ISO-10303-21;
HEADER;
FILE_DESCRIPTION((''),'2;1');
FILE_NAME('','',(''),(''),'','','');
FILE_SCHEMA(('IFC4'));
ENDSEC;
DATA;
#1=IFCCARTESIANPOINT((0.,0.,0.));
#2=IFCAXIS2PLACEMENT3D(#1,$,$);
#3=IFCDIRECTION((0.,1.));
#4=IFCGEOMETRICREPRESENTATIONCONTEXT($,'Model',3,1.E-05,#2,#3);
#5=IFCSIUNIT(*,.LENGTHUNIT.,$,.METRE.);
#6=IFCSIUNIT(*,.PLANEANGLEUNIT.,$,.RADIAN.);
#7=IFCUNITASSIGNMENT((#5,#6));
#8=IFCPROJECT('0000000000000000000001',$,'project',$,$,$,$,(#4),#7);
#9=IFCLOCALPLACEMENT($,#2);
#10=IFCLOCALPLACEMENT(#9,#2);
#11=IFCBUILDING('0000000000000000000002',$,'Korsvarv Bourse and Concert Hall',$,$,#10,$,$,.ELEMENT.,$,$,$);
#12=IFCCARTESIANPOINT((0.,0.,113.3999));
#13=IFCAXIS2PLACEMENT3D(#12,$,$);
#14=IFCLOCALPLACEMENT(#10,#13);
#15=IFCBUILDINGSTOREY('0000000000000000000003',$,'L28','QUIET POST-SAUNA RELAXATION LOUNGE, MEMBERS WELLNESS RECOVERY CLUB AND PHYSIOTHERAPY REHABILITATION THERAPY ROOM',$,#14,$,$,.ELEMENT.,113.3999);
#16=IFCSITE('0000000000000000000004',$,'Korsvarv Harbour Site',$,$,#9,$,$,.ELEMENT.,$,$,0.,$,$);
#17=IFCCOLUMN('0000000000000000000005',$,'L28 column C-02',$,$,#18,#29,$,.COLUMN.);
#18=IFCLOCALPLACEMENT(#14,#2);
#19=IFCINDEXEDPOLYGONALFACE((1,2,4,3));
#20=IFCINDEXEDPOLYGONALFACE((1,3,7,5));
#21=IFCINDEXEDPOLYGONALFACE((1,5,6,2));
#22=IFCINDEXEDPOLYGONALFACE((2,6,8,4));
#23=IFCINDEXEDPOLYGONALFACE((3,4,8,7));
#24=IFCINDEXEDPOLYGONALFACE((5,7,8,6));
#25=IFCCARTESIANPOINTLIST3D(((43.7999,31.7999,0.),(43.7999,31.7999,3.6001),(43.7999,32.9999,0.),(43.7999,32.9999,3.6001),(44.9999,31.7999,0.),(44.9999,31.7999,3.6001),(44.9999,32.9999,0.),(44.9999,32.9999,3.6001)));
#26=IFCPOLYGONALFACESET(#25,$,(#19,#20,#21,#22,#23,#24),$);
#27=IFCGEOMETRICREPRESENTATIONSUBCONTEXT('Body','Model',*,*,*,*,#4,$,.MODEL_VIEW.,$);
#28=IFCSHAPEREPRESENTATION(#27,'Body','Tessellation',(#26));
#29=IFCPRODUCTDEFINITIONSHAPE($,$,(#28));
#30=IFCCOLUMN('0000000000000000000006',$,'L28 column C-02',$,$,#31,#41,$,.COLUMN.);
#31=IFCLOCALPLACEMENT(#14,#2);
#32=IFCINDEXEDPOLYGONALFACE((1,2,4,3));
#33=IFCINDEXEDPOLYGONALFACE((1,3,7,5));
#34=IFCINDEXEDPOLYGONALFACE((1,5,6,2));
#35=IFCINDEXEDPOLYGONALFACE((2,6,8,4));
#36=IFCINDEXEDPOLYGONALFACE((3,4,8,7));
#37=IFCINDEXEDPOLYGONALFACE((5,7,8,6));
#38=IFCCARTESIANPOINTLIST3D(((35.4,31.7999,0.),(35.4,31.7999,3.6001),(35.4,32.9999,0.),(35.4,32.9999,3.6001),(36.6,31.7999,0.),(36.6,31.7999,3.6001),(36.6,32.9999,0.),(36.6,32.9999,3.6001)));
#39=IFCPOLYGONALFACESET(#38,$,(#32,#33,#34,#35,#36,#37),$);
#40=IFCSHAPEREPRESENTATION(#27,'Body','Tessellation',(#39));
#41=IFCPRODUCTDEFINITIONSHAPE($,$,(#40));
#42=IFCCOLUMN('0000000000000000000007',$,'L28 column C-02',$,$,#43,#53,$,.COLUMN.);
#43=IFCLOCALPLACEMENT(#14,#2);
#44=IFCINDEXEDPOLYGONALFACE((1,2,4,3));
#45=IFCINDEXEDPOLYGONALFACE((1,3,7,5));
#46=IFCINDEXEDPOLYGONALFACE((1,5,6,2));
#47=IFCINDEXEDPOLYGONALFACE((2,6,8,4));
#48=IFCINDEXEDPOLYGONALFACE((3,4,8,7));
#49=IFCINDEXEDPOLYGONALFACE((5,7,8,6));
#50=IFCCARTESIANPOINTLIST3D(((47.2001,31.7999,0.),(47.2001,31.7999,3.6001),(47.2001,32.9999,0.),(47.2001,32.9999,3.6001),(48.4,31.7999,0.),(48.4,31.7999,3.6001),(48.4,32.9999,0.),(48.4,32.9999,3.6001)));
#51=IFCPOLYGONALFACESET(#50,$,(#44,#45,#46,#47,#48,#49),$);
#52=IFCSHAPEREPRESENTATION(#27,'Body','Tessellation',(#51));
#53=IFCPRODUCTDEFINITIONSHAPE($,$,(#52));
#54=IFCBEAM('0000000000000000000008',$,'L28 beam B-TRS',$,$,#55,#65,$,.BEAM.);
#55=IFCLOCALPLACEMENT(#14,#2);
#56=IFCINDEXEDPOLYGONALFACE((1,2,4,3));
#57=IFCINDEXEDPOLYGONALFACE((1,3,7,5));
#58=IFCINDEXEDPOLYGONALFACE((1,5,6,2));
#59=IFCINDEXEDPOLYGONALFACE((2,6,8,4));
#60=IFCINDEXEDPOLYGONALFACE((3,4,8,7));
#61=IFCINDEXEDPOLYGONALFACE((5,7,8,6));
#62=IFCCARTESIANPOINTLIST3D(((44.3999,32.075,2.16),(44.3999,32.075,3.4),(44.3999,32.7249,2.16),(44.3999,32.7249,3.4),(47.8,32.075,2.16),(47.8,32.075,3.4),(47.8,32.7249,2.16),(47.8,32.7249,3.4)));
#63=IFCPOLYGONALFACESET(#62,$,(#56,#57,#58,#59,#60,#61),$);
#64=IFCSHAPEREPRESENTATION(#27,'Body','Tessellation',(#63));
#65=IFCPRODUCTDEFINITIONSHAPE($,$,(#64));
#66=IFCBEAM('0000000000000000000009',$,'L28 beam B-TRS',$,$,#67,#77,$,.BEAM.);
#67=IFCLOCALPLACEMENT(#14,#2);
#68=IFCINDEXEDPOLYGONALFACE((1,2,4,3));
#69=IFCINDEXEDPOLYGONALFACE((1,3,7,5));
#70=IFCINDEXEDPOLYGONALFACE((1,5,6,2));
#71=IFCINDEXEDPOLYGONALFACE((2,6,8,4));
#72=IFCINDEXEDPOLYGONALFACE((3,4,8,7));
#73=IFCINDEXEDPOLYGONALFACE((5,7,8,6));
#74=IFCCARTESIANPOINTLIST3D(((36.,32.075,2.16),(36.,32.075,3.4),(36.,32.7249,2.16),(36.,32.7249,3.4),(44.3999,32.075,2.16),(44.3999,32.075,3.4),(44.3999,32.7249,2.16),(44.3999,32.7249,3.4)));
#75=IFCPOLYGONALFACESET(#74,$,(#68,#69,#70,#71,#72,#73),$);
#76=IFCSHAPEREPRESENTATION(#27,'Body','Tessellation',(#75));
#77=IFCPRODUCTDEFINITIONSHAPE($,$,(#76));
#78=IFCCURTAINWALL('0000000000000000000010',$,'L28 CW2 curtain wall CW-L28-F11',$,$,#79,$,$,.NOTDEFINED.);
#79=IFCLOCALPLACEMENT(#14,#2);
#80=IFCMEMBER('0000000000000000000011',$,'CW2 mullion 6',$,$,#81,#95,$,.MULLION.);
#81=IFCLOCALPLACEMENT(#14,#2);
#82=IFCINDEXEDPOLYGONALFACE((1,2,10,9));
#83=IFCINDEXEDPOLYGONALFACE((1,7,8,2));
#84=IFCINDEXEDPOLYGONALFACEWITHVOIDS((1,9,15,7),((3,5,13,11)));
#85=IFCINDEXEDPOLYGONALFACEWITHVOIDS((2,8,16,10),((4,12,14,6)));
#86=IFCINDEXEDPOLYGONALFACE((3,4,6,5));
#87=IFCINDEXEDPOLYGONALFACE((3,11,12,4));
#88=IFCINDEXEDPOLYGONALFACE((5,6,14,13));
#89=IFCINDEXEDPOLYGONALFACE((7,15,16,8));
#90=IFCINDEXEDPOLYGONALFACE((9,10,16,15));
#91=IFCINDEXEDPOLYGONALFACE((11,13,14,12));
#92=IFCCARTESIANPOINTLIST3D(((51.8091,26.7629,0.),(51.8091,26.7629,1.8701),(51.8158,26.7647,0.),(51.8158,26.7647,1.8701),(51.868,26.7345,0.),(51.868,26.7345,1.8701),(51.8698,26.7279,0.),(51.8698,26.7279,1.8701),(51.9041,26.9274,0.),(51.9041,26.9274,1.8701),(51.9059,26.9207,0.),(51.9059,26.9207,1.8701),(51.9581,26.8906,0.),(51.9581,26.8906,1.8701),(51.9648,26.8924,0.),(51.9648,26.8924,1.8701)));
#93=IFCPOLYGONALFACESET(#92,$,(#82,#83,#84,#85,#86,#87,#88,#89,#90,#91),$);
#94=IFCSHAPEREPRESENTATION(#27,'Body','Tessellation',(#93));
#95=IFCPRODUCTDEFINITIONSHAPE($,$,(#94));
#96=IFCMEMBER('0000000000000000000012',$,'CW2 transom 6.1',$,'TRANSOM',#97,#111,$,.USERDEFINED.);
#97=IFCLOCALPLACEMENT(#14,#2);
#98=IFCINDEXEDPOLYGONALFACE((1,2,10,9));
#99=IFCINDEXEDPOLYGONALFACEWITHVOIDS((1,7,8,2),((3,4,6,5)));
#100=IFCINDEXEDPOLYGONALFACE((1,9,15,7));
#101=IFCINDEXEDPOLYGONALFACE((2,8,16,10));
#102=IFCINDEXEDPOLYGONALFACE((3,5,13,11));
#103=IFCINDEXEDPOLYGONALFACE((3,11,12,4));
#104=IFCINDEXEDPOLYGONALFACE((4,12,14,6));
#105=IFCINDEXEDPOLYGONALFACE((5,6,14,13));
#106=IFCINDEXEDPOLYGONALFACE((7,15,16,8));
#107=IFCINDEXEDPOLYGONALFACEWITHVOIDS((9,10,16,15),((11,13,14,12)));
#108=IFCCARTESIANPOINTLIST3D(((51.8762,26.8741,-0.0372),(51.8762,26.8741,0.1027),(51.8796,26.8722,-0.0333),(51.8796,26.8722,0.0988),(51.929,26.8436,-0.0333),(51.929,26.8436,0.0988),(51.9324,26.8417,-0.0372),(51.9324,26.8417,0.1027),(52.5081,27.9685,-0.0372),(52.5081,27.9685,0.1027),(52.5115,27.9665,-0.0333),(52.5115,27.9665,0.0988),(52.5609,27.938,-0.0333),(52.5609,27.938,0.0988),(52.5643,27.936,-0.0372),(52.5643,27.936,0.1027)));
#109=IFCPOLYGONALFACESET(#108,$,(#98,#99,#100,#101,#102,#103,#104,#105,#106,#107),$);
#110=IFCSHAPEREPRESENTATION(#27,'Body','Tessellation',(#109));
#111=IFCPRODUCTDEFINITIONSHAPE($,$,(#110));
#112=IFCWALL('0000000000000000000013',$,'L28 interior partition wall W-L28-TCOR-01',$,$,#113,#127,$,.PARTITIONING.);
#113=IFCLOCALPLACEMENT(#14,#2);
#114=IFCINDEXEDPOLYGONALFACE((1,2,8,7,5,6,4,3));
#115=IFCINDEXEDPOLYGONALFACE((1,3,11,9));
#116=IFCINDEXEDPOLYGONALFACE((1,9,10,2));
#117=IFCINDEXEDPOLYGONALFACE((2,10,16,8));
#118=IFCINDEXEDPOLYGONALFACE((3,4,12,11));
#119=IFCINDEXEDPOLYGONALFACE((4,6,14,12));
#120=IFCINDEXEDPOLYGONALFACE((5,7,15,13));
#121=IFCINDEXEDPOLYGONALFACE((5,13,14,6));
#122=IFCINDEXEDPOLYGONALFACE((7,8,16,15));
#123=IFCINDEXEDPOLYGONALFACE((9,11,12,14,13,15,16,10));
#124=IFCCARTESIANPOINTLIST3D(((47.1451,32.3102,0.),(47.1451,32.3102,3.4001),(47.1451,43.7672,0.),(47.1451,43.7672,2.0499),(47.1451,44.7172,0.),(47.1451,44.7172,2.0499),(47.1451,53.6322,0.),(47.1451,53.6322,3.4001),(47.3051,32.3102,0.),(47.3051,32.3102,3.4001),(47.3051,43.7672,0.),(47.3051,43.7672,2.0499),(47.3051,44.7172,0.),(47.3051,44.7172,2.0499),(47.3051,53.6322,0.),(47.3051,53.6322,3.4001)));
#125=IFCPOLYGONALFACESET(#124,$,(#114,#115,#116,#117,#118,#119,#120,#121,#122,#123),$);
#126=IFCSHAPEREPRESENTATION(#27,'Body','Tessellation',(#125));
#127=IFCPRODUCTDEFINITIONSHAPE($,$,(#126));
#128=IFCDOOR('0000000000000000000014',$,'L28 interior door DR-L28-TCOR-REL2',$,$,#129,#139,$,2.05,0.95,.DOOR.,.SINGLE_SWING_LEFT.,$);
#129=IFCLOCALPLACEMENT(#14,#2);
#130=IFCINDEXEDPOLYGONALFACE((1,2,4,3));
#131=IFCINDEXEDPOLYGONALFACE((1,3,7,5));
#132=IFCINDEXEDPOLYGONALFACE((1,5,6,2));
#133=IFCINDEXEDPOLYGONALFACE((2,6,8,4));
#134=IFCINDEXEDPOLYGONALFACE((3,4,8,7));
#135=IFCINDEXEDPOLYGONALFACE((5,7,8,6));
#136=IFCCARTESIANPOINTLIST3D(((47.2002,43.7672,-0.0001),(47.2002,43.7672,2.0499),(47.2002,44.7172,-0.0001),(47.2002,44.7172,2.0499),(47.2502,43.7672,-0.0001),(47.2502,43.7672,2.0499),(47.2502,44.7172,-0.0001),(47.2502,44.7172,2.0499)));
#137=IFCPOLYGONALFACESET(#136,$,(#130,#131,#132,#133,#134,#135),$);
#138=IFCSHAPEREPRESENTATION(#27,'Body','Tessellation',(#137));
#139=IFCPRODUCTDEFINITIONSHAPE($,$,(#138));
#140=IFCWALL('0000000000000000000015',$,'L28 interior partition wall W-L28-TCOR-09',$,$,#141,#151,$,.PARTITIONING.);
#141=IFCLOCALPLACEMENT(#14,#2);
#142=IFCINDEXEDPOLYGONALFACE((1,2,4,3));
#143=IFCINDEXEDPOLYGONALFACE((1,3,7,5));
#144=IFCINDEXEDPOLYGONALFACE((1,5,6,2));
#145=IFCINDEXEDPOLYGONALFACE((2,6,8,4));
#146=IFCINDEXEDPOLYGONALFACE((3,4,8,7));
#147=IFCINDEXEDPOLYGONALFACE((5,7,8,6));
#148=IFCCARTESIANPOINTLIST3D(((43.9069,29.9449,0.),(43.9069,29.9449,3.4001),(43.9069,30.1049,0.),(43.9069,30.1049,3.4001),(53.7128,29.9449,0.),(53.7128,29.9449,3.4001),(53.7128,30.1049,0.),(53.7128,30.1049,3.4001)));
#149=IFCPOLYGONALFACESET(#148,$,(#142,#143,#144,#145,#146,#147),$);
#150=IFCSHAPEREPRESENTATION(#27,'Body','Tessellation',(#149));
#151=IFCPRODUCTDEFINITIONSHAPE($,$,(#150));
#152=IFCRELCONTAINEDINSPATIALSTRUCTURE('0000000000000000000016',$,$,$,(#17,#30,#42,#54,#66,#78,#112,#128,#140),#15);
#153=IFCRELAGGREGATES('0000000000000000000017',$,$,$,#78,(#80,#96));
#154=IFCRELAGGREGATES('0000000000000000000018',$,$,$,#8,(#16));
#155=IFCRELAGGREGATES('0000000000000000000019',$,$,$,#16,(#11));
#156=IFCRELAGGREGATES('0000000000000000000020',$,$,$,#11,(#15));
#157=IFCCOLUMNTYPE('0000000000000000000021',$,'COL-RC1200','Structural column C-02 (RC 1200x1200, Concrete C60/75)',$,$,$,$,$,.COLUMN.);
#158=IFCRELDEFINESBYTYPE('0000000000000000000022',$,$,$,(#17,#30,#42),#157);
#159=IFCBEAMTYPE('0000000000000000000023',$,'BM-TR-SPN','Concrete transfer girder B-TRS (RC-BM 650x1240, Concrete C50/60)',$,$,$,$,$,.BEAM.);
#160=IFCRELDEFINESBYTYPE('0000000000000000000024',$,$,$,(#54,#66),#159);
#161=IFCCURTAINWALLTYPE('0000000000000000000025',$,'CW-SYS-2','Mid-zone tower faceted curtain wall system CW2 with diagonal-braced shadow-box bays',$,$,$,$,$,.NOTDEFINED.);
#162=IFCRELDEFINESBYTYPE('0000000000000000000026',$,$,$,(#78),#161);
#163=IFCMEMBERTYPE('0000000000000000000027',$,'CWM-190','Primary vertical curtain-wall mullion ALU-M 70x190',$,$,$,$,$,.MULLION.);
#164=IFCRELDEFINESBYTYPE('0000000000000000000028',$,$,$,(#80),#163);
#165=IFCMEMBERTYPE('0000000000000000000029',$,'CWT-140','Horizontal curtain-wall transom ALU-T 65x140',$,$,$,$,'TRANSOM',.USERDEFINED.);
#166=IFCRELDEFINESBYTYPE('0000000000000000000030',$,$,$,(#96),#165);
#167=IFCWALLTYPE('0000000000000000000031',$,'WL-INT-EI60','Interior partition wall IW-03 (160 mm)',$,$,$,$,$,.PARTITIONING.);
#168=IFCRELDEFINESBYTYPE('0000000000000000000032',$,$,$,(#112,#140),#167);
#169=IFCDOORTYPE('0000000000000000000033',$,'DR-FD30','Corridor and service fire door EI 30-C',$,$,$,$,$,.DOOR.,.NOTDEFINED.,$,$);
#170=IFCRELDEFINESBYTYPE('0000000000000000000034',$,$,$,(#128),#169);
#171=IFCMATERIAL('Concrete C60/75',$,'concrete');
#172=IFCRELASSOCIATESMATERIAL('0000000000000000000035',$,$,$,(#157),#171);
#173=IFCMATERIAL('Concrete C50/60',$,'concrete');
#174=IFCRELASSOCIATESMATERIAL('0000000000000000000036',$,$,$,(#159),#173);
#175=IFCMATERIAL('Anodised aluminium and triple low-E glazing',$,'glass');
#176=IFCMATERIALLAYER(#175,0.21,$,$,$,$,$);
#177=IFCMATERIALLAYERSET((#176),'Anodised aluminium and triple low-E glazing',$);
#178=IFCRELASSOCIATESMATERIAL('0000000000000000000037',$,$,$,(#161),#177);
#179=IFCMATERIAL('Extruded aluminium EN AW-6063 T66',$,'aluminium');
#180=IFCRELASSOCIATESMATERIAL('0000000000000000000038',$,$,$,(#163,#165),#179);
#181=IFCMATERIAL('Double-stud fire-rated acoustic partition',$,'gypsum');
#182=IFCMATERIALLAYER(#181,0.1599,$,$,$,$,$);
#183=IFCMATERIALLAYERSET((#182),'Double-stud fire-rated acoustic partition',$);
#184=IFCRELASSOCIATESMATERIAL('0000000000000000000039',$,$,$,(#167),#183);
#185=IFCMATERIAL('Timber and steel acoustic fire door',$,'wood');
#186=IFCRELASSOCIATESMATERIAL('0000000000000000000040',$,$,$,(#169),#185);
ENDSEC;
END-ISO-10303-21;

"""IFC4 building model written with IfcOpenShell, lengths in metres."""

from ifc_helpers import new_model, si_unit, direction, frame, frame_2d, origin, origin_2d, place, context, subcontext, project, spatial, rectangle, hollow_rectangle, extrude, source, transform, mapped, material, layer, layer_set, material_profile, profile_set, type_object, element, fill, aggregate, save


model = new_model("IFC4")

# Units and contexts
model_context = context("Model", 3, precision=1e-05, world=origin(), true_north=direction((0.0, 1.0)))
body_context = subcontext(model_context, "Body", "Model", "MODEL_VIEW")
ifc_project = project(units=[si_unit("LENGTHUNIT", "METRE"), si_unit("PLANEANGLEUNIT", "RADIAN")], contexts=[model_context])

# Site, building, storey
site_placement = place(None, origin())
site = spatial("IfcSite", under=ifc_project, at=site_placement, Name="Korsvarv Harbour Site", CompositionType="ELEMENT", RefElevation=0.0)
building_placement = place(site_placement, origin())
building = spatial("IfcBuilding", under=site, at=building_placement, Name="Korsvarv Bourse and Concert Hall", CompositionType="ELEMENT")
storey_placement = place(building_placement, frame((0.0, 0.0, 113.3999)))
storey = spatial("IfcBuildingStorey", under=building, at=storey_placement, Name="L28", Description="QUIET POST-SAUNA RELAXATION LOUNGE, MEMBERS WELLNESS RECOVERY CLUB AND PHYSIOTHERAPY REHABILITATION THERAPY ROOM", CompositionType="ELEMENT", Elevation=113.3999)

# Columns
ifc_material_1 = material(Name="Concrete C60/75", Category="concrete")
ifc_material_profile_1 = material_profile(ifc_material_1, rectangle(XDim=1.2, YDim=1.2, at=origin_2d()), Name="RC 1200x1200")
ifc_profile_set_1 = profile_set([ifc_material_profile_1], Name="Concrete C60/75")
column_type = type_object("IfcColumnType", Name="COL-RC1200", Description="Structural column C-02 (RC 1200x1200, Concrete C60/75)", PredefinedType="COLUMN", material=ifc_profile_set_1)
shared_shape_1 = source(origin(), body_context, "Body", "SweptSolid", [
    extrude(rectangle(XDim=1.2, YDim=1.2, at=origin_2d()), origin(), (0.0, 0.0, 1.0), 3.6001),
])
for number, where, z_axis, x_axis, name in (
    (1, (44.3999, 32.3999, 0.0), (0.0, 0.0, 1.0), (1.0, 0.0, 0.0), "L28 column C-02"),
    (2, (36.0, 32.3999, 0.0), (0.0, 0.0, 1.0), (1.0, 0.0, 0.0), "L28 column C-02"),
    (3, (47.8, 32.3999, 0.0), (0.0, 0.0, 1.0), (1.0, 0.0, 0.0), "L28 column C-02"),
):
    element("IfcColumn", number, at=place(storey_placement, frame(where, z_axis=z_axis, x_axis=x_axis)), inside=storey, type_object=column_type, Name=name, PredefinedType="COLUMN", context=body_context, shape_type="MappedRepresentation", body=[
        mapped(shared_shape_1, transform((0.0, 0.0, 0.0), scale=1.0)),
    ])

# Beams
ifc_material_2 = material(Name="Concrete C50/60", Category="concrete")
ifc_material_profile_2 = material_profile(ifc_material_2, rectangle(XDim=0.6499, YDim=1.24, at=origin_2d()), Name="RC-BM 650x1240")
ifc_profile_set_2 = profile_set([ifc_material_profile_2], Name="Concrete C50/60")
beam_type = type_object("IfcBeamType", Name="BM-TR-SPN", Description="Concrete transfer girder B-TRS (RC-BM 650x1240, Concrete C50/60)", PredefinedType="BEAM", material=ifc_profile_set_2)
shared_shape_2 = source(origin(), body_context, "Body", "SweptSolid", [
    extrude(rectangle(XDim=0.6499, YDim=1.24, at=origin_2d()), origin(), (0.0, 0.0, 1.0), 3.4001),
])
beam_1_placement = place(storey_placement, frame((44.3999, 32.3999, 2.78), z_axis=(1.0, 0.0, 0.0), x_axis=(0.0, 1.0, 0.0)))
element("IfcBeam", 4, at=beam_1_placement, inside=storey, type_object=beam_type, Name="L28 beam B-TRS", PredefinedType="BEAM", context=body_context, shape_type="MappedRepresentation", body=[
    mapped(shared_shape_2, transform((0.0, 0.0, 0.0), scale=1.0)),
])
shared_shape_3 = source(origin(), body_context, "Body", "SweptSolid", [
    extrude(rectangle(XDim=0.6499, YDim=1.24, at=origin_2d()), origin(), (0.0, 0.0, 1.0), 8.3999),
])
beam_2_placement = place(storey_placement, frame((36.0, 32.3999, 2.78), z_axis=(1.0, 0.0, 0.0), x_axis=(0.0, 1.0, 0.0)))
element("IfcBeam", 5, at=beam_2_placement, inside=storey, type_object=beam_type, Name="L28 beam B-TRS", PredefinedType="BEAM", context=body_context, shape_type="MappedRepresentation", body=[
    mapped(shared_shape_3, transform((0.0, 0.0, 0.0), scale=1.0)),
])

# Curtain wall, members
ifc_material_3 = material(Name="Anodised aluminium and triple low-E glazing", Category="glass")
ifc_layer_1 = layer(ifc_material_3, 0.21)
ifc_layer_set_1 = layer_set([ifc_layer_1], Name="Anodised aluminium and triple low-E glazing")
curtain_wall_type = type_object("IfcCurtainWallType", Name="CW-SYS-2", Description="Mid-zone tower faceted curtain wall system CW2 with diagonal-braced shadow-box bays", PredefinedType="NOTDEFINED", material=ifc_layer_set_1)
curtain_wall_placement = place(storey_placement, origin())
curtain_wall = element("IfcCurtainWall", 6, at=curtain_wall_placement, inside=storey, type_object=curtain_wall_type, Name="L28 CW2 curtain wall CW-L28-F11", PredefinedType="NOTDEFINED")
ifc_material_4 = material(Name="Extruded aluminium EN AW-6063 T66", Category="aluminium")
ifc_material_profile_3 = material_profile(ifc_material_4, hollow_rectangle(XDim=0.0701, YDim=0.1899, WallThickness=0.0049, at=origin_2d()), Name="ALU-M 70x190")
ifc_profile_set_3 = profile_set([ifc_material_profile_3], Name="Extruded aluminium EN AW-6063 T66")
member_type_1 = type_object("IfcMemberType", Name="CWM-190", Description="Primary vertical curtain-wall mullion ALU-M 70x190", PredefinedType="MULLION", material=ifc_profile_set_3)
shared_shape_4 = source(origin(), body_context, "Body", "SweptSolid", [
    extrude(hollow_rectangle(XDim=0.0701, YDim=0.1899, WallThickness=0.0049, at=origin_2d()), origin(), (0.0, 0.0, 1.0), 1.8701),
])
member_1_placement = place(storey_placement, frame((51.887, 26.8276, 0.0), z_axis=(0.0, 0.0, 1.0), x_axis=(-0.866022, 0.500006, 0.0)))
member_1 = element("IfcMember", 7, at=member_1_placement, type_object=member_type_1, Name="CW2 mullion 6", PredefinedType="MULLION", context=body_context, shape_type="MappedRepresentation", body=[
    mapped(shared_shape_4, transform((0.0, 0.0, 0.0), scale=1.0)),
])
ifc_material_profile_4 = material_profile(ifc_material_4, hollow_rectangle(XDim=0.0649, YDim=0.1399, WallThickness=0.0039, at=origin_2d()), Name="ALU-T 65x140")
ifc_profile_set_4 = profile_set([ifc_material_profile_4], Name="Extruded aluminium EN AW-6063 T66")
member_type_2 = type_object("IfcMemberType", Name="CWT-140", Description="Horizontal curtain-wall transom ALU-T 65x140", ElementType="TRANSOM", PredefinedType="USERDEFINED", material=ifc_profile_set_4)
shared_shape_5 = source(origin(), body_context, "Body", "SweptSolid", [
    extrude(hollow_rectangle(XDim=0.0649, YDim=0.1399, WallThickness=0.0039, at=origin_2d()), origin(), (0.0, 0.0, 1.0), 1.2637),
])
member_2_placement = place(storey_placement, frame((51.9043, 26.8579, 0.0327), z_axis=(0.500046, 0.865999, 0.0), x_axis=(-0.865999, 0.500046, 0.0)))
member_2 = element("IfcMember", 8, at=member_2_placement, type_object=member_type_2, Name="CW2 transom 6.1", ObjectType="TRANSOM", PredefinedType="USERDEFINED", context=body_context, shape_type="MappedRepresentation", body=[
    mapped(shared_shape_5, transform((0.0, 0.0, 0.0), scale=1.0)),
])
aggregate(curtain_wall, [member_1, member_2])

# Wall, opening, door
ifc_material_5 = material(Name="Double-stud fire-rated acoustic partition", Category="gypsum")
ifc_layer_2 = layer(ifc_material_5, 0.1599)
ifc_layer_set_2 = layer_set([ifc_layer_2], Name="Double-stud fire-rated acoustic partition")
wall_type_1 = type_object("IfcWallType", Name="WL-INT-EI60", Description="Interior partition wall IW-03 (160 mm)", PredefinedType="PARTITIONING", material=ifc_layer_set_2)
wall_1_placement = place(storey_placement, frame((47.2251, 32.3101, 0.0), z_axis=(0.0, 0.0, 1.0), x_axis=(0.0, 1.0, 0.0)))
wall_1 = element("IfcWall", 9, at=wall_1_placement, inside=storey, type_object=wall_type_1, Name="L28 interior partition wall W-L28-TCOR-01", PredefinedType="PARTITIONING", context=body_context, shape_type="SweptSolid", body=[
    extrude(rectangle(XDim=21.322, YDim=0.1599, at=frame_2d((10.6611, 0.0))), origin(), (0.0, 0.0, 1.0), 3.4001),
])
opening_1_placement = place(wall_1_placement, frame((11.457, 0.0, 0.0)))
opening_1 = element("IfcOpeningElement", 10, at=opening_1_placement, cuts=wall_1, PredefinedType="OPENING", context=body_context, shape_type="SweptSolid", body=[
    extrude(rectangle(XDim=0.95, YDim=2.05, at=frame_2d((0.4751, 1.0249))), frame((0.0, 0.0898, 0.0), z_axis=(0.0, -1.0, 0.0), x_axis=(1.0, 0.0, 0.0)), (0.0, 0.0, 1.0), 0.1799),
])
ifc_material_6 = material(Name="Timber and steel acoustic fire door", Category="wood")
door_type = type_object("IfcDoorType", Name="DR-FD30", Description="Corridor and service fire door EI 30-C", OperationType="NOTDEFINED", PredefinedType="DOOR", material=ifc_material_6)
door_1_placement = place(opening_1_placement, origin())
door_1 = element("IfcDoor", 11, at=door_1_placement, inside=storey, type_object=door_type, Name="L28 interior door DR-L28-TCOR-REL2", OperationType="SINGLE_SWING_LEFT", OverallHeight=2.05, OverallWidth=0.95, PredefinedType="DOOR", context=body_context, shape_type="SweptSolid", body=[
    extrude(rectangle(XDim=0.95, YDim=2.05, at=frame_2d((0.4751, 1.0249))), frame((0.0, 0.0249, 0.0), z_axis=(0.0, -1.0, 0.0), x_axis=(1.0, 0.0, 0.0)), (0.0, 0.0, 1.0), 0.05),
])
fill(opening_1, door_1)

# Wall
wall_2_placement = place(storey_placement, frame((43.907, 30.0249, 0.0), z_axis=(0.0, 0.0, 1.0), x_axis=(1.0, 0.0, 0.0)))
element("IfcWall", 12, at=wall_2_placement, inside=storey, type_object=wall_type_1, Name="L28 interior partition wall W-L28-TCOR-09", PredefinedType="PARTITIONING", context=body_context, shape_type="SweptSolid", body=[
    extrude(rectangle(XDim=9.8059, YDim=0.1599, at=frame_2d((4.9028, 0.0))), origin(), (0.0, 0.0, 1.0), 3.4001),
])

save(model, "model.ifc")
